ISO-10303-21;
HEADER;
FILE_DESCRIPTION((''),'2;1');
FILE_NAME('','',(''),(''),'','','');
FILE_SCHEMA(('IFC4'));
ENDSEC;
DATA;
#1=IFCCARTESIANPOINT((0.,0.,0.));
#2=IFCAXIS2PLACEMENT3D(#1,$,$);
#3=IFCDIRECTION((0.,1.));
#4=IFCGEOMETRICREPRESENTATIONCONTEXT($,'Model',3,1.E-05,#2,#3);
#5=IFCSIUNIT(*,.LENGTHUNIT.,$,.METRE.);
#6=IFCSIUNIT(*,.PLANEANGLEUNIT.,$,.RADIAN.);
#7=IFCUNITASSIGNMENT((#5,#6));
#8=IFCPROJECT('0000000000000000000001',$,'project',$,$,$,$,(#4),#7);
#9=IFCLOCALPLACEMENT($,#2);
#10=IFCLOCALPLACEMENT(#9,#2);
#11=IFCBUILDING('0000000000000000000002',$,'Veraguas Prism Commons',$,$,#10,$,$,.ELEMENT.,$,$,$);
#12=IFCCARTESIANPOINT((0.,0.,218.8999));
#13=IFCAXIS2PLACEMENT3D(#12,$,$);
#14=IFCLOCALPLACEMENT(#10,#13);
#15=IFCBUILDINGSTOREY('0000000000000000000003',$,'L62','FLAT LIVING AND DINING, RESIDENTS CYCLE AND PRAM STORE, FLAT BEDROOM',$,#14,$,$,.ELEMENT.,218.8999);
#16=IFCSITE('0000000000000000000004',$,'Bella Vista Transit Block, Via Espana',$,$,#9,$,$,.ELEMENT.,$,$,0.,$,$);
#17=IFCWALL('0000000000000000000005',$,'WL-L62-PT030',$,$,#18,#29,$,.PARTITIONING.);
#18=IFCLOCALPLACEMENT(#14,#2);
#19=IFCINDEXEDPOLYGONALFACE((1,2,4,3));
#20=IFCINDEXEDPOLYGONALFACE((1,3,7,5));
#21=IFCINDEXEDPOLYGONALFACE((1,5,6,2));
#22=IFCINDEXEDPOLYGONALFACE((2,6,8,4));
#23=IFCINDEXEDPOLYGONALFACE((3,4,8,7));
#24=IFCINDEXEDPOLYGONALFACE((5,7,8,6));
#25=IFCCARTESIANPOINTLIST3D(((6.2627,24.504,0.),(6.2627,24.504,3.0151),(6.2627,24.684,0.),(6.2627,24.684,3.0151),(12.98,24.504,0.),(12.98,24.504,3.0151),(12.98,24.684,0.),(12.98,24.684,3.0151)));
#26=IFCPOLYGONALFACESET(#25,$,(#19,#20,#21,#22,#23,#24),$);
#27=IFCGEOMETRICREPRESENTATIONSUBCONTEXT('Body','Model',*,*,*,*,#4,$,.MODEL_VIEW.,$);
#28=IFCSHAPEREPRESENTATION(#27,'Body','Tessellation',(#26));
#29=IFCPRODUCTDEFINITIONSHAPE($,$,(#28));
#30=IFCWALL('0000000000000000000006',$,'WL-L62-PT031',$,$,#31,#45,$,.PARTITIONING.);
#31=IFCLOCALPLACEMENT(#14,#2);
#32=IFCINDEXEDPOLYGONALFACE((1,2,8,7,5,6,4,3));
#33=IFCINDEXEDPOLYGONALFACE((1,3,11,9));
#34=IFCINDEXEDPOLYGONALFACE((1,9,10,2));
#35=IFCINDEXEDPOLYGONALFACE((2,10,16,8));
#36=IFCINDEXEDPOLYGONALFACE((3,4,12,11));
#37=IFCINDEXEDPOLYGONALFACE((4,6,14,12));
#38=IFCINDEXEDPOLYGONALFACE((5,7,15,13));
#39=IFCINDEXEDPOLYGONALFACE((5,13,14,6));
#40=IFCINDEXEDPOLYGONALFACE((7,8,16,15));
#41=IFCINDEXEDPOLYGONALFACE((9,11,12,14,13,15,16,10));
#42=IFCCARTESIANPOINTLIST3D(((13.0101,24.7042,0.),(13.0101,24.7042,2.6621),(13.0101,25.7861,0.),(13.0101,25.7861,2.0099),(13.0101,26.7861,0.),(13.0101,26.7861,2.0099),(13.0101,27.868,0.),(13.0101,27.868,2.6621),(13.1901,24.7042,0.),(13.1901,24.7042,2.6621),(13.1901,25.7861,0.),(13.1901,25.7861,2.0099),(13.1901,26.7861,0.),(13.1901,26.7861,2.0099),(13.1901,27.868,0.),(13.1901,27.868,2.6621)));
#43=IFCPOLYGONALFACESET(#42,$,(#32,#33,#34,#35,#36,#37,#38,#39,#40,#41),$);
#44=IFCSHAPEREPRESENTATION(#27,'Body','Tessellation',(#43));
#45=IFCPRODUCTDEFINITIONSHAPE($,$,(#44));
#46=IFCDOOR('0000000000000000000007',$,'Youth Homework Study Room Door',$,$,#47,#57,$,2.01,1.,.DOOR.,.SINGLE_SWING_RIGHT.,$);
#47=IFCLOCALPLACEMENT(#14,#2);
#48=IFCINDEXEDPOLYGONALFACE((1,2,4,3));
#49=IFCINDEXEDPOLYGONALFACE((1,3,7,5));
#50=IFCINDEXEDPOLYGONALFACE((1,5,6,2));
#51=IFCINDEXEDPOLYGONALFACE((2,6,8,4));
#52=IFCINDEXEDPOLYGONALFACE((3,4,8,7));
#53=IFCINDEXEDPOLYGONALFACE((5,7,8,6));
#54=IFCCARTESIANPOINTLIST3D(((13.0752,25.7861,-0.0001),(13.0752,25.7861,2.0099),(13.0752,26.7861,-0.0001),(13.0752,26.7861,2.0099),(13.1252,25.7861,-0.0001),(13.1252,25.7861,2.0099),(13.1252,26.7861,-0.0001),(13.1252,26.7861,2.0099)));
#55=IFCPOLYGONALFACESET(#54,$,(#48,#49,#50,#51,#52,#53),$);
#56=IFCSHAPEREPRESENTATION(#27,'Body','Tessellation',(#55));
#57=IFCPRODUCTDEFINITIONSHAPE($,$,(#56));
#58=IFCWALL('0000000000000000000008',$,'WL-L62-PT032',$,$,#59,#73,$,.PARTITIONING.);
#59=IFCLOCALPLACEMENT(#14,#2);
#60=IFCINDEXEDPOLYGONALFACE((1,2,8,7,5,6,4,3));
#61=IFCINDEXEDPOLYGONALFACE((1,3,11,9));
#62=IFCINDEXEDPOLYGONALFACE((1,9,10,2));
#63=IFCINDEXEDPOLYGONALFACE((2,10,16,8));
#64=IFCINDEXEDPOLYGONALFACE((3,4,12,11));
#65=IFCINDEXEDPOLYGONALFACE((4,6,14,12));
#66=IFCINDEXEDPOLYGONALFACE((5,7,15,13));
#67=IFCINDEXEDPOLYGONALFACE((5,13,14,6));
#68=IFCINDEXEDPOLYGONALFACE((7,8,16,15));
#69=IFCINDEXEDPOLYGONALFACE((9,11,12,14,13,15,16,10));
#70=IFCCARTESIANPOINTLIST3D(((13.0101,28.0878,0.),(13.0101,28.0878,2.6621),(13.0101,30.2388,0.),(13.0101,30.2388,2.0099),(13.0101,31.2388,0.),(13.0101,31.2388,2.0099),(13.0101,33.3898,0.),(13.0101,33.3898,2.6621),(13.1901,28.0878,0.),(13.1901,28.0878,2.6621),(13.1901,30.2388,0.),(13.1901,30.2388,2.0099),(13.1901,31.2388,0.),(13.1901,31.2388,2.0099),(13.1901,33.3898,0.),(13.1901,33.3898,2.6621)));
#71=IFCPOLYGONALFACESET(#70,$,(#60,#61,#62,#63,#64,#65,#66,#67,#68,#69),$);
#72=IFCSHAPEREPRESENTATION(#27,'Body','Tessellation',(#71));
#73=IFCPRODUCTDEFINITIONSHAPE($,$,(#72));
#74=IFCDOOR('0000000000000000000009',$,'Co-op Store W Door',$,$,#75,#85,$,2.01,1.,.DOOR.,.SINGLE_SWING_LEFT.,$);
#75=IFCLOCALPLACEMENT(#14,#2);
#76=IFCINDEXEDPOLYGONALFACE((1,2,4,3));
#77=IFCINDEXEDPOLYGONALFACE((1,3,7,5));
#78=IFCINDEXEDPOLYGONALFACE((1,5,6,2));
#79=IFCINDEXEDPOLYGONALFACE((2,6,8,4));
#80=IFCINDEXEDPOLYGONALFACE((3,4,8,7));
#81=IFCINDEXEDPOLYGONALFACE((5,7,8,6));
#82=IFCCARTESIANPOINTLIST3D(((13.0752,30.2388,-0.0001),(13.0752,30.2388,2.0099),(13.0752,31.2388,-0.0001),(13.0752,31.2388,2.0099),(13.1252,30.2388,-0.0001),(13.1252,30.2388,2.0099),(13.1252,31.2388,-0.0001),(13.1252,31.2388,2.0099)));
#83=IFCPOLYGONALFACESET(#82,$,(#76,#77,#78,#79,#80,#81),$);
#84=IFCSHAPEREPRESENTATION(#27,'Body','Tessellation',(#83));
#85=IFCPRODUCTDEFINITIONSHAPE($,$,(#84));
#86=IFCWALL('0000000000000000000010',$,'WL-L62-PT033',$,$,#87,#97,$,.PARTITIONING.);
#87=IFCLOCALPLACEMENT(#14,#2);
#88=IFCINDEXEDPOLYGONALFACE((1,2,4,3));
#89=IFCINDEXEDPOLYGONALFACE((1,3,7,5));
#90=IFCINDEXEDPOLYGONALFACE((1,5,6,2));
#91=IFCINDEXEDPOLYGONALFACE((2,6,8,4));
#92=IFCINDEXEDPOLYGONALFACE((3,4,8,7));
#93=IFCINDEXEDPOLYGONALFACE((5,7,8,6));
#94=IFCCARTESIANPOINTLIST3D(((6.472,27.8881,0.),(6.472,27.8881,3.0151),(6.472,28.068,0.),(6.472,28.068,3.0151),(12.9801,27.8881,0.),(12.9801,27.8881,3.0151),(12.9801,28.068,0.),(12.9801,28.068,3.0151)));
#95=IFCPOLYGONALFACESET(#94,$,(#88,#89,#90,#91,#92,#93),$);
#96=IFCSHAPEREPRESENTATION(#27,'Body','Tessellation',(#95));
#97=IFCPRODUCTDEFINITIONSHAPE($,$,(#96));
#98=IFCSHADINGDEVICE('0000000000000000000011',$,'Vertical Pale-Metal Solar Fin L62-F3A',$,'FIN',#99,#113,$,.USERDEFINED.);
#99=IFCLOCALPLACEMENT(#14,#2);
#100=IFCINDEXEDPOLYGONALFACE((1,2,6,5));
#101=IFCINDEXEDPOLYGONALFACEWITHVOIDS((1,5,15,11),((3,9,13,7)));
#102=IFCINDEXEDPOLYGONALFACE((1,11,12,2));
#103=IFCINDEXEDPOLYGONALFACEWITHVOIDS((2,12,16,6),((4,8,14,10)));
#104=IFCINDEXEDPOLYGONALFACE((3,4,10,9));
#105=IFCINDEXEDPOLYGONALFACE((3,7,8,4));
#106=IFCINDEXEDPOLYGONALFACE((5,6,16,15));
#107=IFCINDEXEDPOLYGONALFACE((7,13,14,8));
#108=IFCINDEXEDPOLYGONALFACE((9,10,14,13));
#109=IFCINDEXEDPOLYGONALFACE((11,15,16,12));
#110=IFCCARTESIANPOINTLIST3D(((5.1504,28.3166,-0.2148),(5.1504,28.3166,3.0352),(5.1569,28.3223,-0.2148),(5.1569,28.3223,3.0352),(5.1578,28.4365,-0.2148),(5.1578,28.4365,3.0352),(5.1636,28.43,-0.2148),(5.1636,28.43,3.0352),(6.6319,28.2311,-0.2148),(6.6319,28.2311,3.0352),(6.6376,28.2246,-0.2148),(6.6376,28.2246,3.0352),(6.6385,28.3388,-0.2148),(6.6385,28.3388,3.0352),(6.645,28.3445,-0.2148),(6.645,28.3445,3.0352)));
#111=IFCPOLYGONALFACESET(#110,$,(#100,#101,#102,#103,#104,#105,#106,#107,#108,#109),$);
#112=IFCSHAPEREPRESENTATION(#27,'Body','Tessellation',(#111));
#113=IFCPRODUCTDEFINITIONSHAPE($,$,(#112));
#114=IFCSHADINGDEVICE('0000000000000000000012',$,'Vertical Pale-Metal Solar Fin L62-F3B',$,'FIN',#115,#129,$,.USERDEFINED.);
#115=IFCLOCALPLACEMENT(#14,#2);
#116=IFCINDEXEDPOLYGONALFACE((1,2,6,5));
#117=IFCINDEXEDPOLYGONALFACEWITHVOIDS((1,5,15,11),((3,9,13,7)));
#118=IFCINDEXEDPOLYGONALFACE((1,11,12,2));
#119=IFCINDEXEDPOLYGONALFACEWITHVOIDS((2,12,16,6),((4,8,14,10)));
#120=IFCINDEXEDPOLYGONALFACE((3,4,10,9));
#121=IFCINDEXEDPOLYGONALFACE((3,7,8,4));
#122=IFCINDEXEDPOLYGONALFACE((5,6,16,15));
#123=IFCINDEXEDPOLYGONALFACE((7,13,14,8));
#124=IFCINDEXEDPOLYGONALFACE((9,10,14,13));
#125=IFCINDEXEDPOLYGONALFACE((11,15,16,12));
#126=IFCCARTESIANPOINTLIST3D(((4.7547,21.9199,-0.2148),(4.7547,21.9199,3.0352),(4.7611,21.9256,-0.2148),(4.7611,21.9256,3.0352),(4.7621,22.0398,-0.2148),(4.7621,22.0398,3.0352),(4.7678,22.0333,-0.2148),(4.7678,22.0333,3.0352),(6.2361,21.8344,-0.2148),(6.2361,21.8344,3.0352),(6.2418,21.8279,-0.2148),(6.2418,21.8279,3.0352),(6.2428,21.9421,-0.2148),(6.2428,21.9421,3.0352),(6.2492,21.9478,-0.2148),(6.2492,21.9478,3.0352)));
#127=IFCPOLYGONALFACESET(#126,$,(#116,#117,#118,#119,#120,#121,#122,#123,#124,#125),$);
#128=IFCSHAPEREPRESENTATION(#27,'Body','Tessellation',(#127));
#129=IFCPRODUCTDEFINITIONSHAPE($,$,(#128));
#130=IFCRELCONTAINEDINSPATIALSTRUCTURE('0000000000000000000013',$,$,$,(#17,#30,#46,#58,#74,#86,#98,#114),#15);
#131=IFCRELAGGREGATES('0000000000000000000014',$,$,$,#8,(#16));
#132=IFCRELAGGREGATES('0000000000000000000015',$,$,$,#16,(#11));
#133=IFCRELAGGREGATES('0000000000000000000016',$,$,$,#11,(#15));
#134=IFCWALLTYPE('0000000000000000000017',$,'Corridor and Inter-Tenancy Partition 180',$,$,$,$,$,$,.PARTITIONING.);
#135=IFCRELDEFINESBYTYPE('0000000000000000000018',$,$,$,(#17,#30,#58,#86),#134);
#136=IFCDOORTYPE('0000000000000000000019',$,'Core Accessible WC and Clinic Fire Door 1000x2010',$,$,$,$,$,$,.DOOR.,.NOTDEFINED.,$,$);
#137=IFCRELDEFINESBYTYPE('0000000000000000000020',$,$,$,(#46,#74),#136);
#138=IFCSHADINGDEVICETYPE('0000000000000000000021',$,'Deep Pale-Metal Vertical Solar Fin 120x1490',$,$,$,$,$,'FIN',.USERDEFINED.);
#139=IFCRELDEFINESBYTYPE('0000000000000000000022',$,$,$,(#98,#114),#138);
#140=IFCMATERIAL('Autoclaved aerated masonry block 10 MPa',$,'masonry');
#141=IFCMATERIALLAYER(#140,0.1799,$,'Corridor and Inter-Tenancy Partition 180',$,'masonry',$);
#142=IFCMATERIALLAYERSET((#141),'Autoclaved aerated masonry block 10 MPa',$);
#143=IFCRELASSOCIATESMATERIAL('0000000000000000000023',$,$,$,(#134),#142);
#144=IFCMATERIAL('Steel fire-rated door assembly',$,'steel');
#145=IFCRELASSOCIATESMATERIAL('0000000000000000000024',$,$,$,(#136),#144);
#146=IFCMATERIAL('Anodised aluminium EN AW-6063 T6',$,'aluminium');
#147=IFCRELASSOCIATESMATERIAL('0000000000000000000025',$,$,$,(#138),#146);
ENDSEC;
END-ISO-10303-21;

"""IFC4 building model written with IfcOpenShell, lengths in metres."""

from ifc_helpers import new_model, si_unit, direction, frame, frame_2d, origin, origin_2d, place, context, subcontext, project, spatial, rectangle, hollow_rectangle, extrude, source, transform, mapped, material, layer, layer_set, material_profile, profile_set, type_object, element, fill, save


model = new_model("IFC4")

# Units and contexts
model_context = context("Model", 3, precision=1e-05, world=origin(), true_north=direction((0.0, 1.0)))
body_context = subcontext(model_context, "Body", "Model", "MODEL_VIEW")
ifc_project = project(units=[si_unit("LENGTHUNIT", "METRE"), si_unit("PLANEANGLEUNIT", "RADIAN")], contexts=[model_context])

# Site, building, storey
site_placement = place(None, origin())
site = spatial("IfcSite", under=ifc_project, at=site_placement, Name="Bella Vista Transit Block, Via Espana", CompositionType="ELEMENT", RefElevation=0.0)
building_placement = place(site_placement, origin())
building = spatial("IfcBuilding", under=site, at=building_placement, Name="Veraguas Prism Commons", CompositionType="ELEMENT")
storey_placement = place(building_placement, frame((0.0, 0.0, 218.8999)))
storey = spatial("IfcBuildingStorey", under=building, at=storey_placement, Name="L62", Description="FLAT LIVING AND DINING, RESIDENTS CYCLE AND PRAM STORE, FLAT BEDROOM", CompositionType="ELEMENT", Elevation=218.8999)

# Shared definitions
ifc_material_1 = material(Name="Anodised aluminium EN AW-6063 T6", Category="aluminium")

# Wall
ifc_material_2 = material(Name="Autoclaved aerated masonry block 10 MPa", Category="masonry")
ifc_layer_1 = layer(ifc_material_2, 0.1799, Name="Corridor and Inter-Tenancy Partition 180", Category="masonry")
ifc_layer_set_1 = layer_set([ifc_layer_1], Name="Autoclaved aerated masonry block 10 MPa")
wall_type = type_object("IfcWallType", Name="Corridor and Inter-Tenancy Partition 180", PredefinedType="PARTITIONING", material=ifc_layer_set_1)
wall_1_placement = place(storey_placement, frame((12.98, 24.594, 0.0), z_axis=(0.0, 0.0, 1.0), x_axis=(-1.0, 0.0, 0.0)))
element("IfcWall", 1, at=wall_1_placement, inside=storey, type_object=wall_type, Name="WL-L62-PT030", PredefinedType="PARTITIONING", context=body_context, shape_type="SweptSolid", body=[
    extrude(rectangle(XDim=6.7173, YDim=0.1799, at=frame_2d((3.3586, 0.0))), origin(), (0.0, 0.0, 1.0), 3.0151),
])

# Walls, openings, doors
wall_2_placement = place(storey_placement, frame((13.1001, 24.7041, 0.0), z_axis=(0.0, 0.0, 1.0), x_axis=(0.0, 1.0, 0.0)))
wall_2 = element("IfcWall", 2, at=wall_2_placement, inside=storey, type_object=wall_type, Name="WL-L62-PT031", PredefinedType="PARTITIONING", context=body_context, shape_type="SweptSolid", body=[
    extrude(rectangle(XDim=3.1638, YDim=0.1799, at=frame_2d((1.582, 0.0))), origin(), (0.0, 0.0, 1.0), 2.6621),
])
opening_1_placement = place(wall_2_placement, frame((1.082, 0.0, 0.0)))
opening_1 = element("IfcOpeningElement", 3, at=opening_1_placement, cuts=wall_2, PredefinedType="OPENING", context=body_context, shape_type="SweptSolid", body=[
    extrude(rectangle(XDim=1.0, YDim=2.01, at=frame_2d((0.5, 1.0049))), frame((0.0, 0.0999, 0.0), z_axis=(0.0, -1.0, 0.0), x_axis=(1.0, 0.0, 0.0)), (0.0, 0.0, 1.0), 0.2),
])
ifc_material_3 = material(Name="Steel fire-rated door assembly", Category="steel")
door_type = type_object("IfcDoorType", Name="Core Accessible WC and Clinic Fire Door 1000x2010", OperationType="NOTDEFINED", PredefinedType="DOOR", material=ifc_material_3)
shared_shape_1 = source(origin(), body_context, "Body", "SweptSolid", [
    extrude(rectangle(XDim=1.0, YDim=2.01, at=frame_2d((0.5, 1.0049))), frame((0.0, 0.0249, 0.0), z_axis=(0.0, -1.0, 0.0), x_axis=(1.0, 0.0, 0.0)), (0.0, 0.0, 1.0), 0.05),
])
door_1_placement = place(opening_1_placement, origin())
door_1 = element("IfcDoor", 4, at=door_1_placement, inside=storey, type_object=door_type, Name="Youth Homework Study Room Door", OperationType="SINGLE_SWING_RIGHT", OverallHeight=2.01, OverallWidth=1.0, PredefinedType="DOOR", context=body_context, shape_type="MappedRepresentation", body=[
    mapped(shared_shape_1, transform((0.0, 0.0, 0.0), scale=1.0)),
])
fill(opening_1, door_1)
wall_3_placement = place(storey_placement, frame((13.1001, 28.0879, 0.0), z_axis=(0.0, 0.0, 1.0), x_axis=(0.0, 1.0, 0.0)))
wall_3 = element("IfcWall", 5, at=wall_3_placement, inside=storey, type_object=wall_type, Name="WL-L62-PT032", PredefinedType="PARTITIONING", context=body_context, shape_type="SweptSolid", body=[
    extrude(rectangle(XDim=5.302, YDim=0.1799, at=frame_2d((2.6509, 0.0))), origin(), (0.0, 0.0, 1.0), 2.6621),
])
opening_2_placement = place(wall_3_placement, frame((2.1509, 0.0, 0.0)))
opening_2 = element("IfcOpeningElement", 6, at=opening_2_placement, cuts=wall_3, PredefinedType="OPENING", context=body_context, shape_type="SweptSolid", body=[
    extrude(rectangle(XDim=1.0, YDim=2.01, at=frame_2d((0.5, 1.0049))), frame((0.0, 0.0999, 0.0), z_axis=(0.0, -1.0, 0.0), x_axis=(1.0, 0.0, 0.0)), (0.0, 0.0, 1.0), 0.2),
])
door_2_placement = place(opening_2_placement, origin())
door_2 = element("IfcDoor", 7, at=door_2_placement, inside=storey, type_object=door_type, Name="Co-op Store W Door", OperationType="SINGLE_SWING_LEFT", OverallHeight=2.01, OverallWidth=1.0, PredefinedType="DOOR", context=body_context, shape_type="MappedRepresentation", body=[
    mapped(shared_shape_1, transform((0.0, 0.0, 0.0), scale=1.0)),
])
fill(opening_2, door_2)

# Wall
wall_4_placement = place(storey_placement, frame((12.98, 27.978, 0.0), z_axis=(0.0, 0.0, 1.0), x_axis=(-1.0, 0.0, 0.0)))
element("IfcWall", 8, at=wall_4_placement, inside=storey, type_object=wall_type, Name="WL-L62-PT033", PredefinedType="PARTITIONING", context=body_context, shape_type="SweptSolid", body=[
    extrude(rectangle(XDim=6.5081, YDim=0.1799, at=frame_2d((3.2539, 0.0))), origin(), (0.0, 0.0, 1.0), 3.0151),
])

# Shading devices
ifc_material_profile_1 = material_profile(ifc_material_1, hollow_rectangle(XDim=0.1201, YDim=1.49, WallThickness=0.0061, at=origin_2d()), Name="FIN120X1490X6")
ifc_profile_set_1 = profile_set([ifc_material_profile_1], Name="Anodised aluminium EN AW-6063 T6")
shading_device_type = type_object("IfcShadingDeviceType", Name="Deep Pale-Metal Vertical Solar Fin 120x1490", ElementType="FIN", PredefinedType="USERDEFINED", material=ifc_profile_set_1)
for number, where, z_axis, x_axis, name in (
    (9, (5.8977, 28.3306, -0.2148), (0.0, 0.0, 1.0), (-0.061745, -0.998092, 0.0), "Vertical Pale-Metal Solar Fin L62-F3A"),
    (10, (5.502, 21.9338, -0.2148), (0.0, 0.0, 1.0), (-0.061745, -0.998092, 0.0), "Vertical Pale-Metal Solar Fin L62-F3B"),
):
    element("IfcShadingDevice", number, at=place(storey_placement, frame(where, z_axis=z_axis, x_axis=x_axis)), inside=storey, type_object=shading_device_type, Name=name, ObjectType="FIN", PredefinedType="USERDEFINED", context=body_context, shape_type="SweptSolid", body=[
        extrude(hollow_rectangle(XDim=0.1201, YDim=1.49, WallThickness=0.0061, at=origin_2d()), origin(), (0.0, 0.0, 1.0), 3.25),
    ])

save(model, "model.ifc")
